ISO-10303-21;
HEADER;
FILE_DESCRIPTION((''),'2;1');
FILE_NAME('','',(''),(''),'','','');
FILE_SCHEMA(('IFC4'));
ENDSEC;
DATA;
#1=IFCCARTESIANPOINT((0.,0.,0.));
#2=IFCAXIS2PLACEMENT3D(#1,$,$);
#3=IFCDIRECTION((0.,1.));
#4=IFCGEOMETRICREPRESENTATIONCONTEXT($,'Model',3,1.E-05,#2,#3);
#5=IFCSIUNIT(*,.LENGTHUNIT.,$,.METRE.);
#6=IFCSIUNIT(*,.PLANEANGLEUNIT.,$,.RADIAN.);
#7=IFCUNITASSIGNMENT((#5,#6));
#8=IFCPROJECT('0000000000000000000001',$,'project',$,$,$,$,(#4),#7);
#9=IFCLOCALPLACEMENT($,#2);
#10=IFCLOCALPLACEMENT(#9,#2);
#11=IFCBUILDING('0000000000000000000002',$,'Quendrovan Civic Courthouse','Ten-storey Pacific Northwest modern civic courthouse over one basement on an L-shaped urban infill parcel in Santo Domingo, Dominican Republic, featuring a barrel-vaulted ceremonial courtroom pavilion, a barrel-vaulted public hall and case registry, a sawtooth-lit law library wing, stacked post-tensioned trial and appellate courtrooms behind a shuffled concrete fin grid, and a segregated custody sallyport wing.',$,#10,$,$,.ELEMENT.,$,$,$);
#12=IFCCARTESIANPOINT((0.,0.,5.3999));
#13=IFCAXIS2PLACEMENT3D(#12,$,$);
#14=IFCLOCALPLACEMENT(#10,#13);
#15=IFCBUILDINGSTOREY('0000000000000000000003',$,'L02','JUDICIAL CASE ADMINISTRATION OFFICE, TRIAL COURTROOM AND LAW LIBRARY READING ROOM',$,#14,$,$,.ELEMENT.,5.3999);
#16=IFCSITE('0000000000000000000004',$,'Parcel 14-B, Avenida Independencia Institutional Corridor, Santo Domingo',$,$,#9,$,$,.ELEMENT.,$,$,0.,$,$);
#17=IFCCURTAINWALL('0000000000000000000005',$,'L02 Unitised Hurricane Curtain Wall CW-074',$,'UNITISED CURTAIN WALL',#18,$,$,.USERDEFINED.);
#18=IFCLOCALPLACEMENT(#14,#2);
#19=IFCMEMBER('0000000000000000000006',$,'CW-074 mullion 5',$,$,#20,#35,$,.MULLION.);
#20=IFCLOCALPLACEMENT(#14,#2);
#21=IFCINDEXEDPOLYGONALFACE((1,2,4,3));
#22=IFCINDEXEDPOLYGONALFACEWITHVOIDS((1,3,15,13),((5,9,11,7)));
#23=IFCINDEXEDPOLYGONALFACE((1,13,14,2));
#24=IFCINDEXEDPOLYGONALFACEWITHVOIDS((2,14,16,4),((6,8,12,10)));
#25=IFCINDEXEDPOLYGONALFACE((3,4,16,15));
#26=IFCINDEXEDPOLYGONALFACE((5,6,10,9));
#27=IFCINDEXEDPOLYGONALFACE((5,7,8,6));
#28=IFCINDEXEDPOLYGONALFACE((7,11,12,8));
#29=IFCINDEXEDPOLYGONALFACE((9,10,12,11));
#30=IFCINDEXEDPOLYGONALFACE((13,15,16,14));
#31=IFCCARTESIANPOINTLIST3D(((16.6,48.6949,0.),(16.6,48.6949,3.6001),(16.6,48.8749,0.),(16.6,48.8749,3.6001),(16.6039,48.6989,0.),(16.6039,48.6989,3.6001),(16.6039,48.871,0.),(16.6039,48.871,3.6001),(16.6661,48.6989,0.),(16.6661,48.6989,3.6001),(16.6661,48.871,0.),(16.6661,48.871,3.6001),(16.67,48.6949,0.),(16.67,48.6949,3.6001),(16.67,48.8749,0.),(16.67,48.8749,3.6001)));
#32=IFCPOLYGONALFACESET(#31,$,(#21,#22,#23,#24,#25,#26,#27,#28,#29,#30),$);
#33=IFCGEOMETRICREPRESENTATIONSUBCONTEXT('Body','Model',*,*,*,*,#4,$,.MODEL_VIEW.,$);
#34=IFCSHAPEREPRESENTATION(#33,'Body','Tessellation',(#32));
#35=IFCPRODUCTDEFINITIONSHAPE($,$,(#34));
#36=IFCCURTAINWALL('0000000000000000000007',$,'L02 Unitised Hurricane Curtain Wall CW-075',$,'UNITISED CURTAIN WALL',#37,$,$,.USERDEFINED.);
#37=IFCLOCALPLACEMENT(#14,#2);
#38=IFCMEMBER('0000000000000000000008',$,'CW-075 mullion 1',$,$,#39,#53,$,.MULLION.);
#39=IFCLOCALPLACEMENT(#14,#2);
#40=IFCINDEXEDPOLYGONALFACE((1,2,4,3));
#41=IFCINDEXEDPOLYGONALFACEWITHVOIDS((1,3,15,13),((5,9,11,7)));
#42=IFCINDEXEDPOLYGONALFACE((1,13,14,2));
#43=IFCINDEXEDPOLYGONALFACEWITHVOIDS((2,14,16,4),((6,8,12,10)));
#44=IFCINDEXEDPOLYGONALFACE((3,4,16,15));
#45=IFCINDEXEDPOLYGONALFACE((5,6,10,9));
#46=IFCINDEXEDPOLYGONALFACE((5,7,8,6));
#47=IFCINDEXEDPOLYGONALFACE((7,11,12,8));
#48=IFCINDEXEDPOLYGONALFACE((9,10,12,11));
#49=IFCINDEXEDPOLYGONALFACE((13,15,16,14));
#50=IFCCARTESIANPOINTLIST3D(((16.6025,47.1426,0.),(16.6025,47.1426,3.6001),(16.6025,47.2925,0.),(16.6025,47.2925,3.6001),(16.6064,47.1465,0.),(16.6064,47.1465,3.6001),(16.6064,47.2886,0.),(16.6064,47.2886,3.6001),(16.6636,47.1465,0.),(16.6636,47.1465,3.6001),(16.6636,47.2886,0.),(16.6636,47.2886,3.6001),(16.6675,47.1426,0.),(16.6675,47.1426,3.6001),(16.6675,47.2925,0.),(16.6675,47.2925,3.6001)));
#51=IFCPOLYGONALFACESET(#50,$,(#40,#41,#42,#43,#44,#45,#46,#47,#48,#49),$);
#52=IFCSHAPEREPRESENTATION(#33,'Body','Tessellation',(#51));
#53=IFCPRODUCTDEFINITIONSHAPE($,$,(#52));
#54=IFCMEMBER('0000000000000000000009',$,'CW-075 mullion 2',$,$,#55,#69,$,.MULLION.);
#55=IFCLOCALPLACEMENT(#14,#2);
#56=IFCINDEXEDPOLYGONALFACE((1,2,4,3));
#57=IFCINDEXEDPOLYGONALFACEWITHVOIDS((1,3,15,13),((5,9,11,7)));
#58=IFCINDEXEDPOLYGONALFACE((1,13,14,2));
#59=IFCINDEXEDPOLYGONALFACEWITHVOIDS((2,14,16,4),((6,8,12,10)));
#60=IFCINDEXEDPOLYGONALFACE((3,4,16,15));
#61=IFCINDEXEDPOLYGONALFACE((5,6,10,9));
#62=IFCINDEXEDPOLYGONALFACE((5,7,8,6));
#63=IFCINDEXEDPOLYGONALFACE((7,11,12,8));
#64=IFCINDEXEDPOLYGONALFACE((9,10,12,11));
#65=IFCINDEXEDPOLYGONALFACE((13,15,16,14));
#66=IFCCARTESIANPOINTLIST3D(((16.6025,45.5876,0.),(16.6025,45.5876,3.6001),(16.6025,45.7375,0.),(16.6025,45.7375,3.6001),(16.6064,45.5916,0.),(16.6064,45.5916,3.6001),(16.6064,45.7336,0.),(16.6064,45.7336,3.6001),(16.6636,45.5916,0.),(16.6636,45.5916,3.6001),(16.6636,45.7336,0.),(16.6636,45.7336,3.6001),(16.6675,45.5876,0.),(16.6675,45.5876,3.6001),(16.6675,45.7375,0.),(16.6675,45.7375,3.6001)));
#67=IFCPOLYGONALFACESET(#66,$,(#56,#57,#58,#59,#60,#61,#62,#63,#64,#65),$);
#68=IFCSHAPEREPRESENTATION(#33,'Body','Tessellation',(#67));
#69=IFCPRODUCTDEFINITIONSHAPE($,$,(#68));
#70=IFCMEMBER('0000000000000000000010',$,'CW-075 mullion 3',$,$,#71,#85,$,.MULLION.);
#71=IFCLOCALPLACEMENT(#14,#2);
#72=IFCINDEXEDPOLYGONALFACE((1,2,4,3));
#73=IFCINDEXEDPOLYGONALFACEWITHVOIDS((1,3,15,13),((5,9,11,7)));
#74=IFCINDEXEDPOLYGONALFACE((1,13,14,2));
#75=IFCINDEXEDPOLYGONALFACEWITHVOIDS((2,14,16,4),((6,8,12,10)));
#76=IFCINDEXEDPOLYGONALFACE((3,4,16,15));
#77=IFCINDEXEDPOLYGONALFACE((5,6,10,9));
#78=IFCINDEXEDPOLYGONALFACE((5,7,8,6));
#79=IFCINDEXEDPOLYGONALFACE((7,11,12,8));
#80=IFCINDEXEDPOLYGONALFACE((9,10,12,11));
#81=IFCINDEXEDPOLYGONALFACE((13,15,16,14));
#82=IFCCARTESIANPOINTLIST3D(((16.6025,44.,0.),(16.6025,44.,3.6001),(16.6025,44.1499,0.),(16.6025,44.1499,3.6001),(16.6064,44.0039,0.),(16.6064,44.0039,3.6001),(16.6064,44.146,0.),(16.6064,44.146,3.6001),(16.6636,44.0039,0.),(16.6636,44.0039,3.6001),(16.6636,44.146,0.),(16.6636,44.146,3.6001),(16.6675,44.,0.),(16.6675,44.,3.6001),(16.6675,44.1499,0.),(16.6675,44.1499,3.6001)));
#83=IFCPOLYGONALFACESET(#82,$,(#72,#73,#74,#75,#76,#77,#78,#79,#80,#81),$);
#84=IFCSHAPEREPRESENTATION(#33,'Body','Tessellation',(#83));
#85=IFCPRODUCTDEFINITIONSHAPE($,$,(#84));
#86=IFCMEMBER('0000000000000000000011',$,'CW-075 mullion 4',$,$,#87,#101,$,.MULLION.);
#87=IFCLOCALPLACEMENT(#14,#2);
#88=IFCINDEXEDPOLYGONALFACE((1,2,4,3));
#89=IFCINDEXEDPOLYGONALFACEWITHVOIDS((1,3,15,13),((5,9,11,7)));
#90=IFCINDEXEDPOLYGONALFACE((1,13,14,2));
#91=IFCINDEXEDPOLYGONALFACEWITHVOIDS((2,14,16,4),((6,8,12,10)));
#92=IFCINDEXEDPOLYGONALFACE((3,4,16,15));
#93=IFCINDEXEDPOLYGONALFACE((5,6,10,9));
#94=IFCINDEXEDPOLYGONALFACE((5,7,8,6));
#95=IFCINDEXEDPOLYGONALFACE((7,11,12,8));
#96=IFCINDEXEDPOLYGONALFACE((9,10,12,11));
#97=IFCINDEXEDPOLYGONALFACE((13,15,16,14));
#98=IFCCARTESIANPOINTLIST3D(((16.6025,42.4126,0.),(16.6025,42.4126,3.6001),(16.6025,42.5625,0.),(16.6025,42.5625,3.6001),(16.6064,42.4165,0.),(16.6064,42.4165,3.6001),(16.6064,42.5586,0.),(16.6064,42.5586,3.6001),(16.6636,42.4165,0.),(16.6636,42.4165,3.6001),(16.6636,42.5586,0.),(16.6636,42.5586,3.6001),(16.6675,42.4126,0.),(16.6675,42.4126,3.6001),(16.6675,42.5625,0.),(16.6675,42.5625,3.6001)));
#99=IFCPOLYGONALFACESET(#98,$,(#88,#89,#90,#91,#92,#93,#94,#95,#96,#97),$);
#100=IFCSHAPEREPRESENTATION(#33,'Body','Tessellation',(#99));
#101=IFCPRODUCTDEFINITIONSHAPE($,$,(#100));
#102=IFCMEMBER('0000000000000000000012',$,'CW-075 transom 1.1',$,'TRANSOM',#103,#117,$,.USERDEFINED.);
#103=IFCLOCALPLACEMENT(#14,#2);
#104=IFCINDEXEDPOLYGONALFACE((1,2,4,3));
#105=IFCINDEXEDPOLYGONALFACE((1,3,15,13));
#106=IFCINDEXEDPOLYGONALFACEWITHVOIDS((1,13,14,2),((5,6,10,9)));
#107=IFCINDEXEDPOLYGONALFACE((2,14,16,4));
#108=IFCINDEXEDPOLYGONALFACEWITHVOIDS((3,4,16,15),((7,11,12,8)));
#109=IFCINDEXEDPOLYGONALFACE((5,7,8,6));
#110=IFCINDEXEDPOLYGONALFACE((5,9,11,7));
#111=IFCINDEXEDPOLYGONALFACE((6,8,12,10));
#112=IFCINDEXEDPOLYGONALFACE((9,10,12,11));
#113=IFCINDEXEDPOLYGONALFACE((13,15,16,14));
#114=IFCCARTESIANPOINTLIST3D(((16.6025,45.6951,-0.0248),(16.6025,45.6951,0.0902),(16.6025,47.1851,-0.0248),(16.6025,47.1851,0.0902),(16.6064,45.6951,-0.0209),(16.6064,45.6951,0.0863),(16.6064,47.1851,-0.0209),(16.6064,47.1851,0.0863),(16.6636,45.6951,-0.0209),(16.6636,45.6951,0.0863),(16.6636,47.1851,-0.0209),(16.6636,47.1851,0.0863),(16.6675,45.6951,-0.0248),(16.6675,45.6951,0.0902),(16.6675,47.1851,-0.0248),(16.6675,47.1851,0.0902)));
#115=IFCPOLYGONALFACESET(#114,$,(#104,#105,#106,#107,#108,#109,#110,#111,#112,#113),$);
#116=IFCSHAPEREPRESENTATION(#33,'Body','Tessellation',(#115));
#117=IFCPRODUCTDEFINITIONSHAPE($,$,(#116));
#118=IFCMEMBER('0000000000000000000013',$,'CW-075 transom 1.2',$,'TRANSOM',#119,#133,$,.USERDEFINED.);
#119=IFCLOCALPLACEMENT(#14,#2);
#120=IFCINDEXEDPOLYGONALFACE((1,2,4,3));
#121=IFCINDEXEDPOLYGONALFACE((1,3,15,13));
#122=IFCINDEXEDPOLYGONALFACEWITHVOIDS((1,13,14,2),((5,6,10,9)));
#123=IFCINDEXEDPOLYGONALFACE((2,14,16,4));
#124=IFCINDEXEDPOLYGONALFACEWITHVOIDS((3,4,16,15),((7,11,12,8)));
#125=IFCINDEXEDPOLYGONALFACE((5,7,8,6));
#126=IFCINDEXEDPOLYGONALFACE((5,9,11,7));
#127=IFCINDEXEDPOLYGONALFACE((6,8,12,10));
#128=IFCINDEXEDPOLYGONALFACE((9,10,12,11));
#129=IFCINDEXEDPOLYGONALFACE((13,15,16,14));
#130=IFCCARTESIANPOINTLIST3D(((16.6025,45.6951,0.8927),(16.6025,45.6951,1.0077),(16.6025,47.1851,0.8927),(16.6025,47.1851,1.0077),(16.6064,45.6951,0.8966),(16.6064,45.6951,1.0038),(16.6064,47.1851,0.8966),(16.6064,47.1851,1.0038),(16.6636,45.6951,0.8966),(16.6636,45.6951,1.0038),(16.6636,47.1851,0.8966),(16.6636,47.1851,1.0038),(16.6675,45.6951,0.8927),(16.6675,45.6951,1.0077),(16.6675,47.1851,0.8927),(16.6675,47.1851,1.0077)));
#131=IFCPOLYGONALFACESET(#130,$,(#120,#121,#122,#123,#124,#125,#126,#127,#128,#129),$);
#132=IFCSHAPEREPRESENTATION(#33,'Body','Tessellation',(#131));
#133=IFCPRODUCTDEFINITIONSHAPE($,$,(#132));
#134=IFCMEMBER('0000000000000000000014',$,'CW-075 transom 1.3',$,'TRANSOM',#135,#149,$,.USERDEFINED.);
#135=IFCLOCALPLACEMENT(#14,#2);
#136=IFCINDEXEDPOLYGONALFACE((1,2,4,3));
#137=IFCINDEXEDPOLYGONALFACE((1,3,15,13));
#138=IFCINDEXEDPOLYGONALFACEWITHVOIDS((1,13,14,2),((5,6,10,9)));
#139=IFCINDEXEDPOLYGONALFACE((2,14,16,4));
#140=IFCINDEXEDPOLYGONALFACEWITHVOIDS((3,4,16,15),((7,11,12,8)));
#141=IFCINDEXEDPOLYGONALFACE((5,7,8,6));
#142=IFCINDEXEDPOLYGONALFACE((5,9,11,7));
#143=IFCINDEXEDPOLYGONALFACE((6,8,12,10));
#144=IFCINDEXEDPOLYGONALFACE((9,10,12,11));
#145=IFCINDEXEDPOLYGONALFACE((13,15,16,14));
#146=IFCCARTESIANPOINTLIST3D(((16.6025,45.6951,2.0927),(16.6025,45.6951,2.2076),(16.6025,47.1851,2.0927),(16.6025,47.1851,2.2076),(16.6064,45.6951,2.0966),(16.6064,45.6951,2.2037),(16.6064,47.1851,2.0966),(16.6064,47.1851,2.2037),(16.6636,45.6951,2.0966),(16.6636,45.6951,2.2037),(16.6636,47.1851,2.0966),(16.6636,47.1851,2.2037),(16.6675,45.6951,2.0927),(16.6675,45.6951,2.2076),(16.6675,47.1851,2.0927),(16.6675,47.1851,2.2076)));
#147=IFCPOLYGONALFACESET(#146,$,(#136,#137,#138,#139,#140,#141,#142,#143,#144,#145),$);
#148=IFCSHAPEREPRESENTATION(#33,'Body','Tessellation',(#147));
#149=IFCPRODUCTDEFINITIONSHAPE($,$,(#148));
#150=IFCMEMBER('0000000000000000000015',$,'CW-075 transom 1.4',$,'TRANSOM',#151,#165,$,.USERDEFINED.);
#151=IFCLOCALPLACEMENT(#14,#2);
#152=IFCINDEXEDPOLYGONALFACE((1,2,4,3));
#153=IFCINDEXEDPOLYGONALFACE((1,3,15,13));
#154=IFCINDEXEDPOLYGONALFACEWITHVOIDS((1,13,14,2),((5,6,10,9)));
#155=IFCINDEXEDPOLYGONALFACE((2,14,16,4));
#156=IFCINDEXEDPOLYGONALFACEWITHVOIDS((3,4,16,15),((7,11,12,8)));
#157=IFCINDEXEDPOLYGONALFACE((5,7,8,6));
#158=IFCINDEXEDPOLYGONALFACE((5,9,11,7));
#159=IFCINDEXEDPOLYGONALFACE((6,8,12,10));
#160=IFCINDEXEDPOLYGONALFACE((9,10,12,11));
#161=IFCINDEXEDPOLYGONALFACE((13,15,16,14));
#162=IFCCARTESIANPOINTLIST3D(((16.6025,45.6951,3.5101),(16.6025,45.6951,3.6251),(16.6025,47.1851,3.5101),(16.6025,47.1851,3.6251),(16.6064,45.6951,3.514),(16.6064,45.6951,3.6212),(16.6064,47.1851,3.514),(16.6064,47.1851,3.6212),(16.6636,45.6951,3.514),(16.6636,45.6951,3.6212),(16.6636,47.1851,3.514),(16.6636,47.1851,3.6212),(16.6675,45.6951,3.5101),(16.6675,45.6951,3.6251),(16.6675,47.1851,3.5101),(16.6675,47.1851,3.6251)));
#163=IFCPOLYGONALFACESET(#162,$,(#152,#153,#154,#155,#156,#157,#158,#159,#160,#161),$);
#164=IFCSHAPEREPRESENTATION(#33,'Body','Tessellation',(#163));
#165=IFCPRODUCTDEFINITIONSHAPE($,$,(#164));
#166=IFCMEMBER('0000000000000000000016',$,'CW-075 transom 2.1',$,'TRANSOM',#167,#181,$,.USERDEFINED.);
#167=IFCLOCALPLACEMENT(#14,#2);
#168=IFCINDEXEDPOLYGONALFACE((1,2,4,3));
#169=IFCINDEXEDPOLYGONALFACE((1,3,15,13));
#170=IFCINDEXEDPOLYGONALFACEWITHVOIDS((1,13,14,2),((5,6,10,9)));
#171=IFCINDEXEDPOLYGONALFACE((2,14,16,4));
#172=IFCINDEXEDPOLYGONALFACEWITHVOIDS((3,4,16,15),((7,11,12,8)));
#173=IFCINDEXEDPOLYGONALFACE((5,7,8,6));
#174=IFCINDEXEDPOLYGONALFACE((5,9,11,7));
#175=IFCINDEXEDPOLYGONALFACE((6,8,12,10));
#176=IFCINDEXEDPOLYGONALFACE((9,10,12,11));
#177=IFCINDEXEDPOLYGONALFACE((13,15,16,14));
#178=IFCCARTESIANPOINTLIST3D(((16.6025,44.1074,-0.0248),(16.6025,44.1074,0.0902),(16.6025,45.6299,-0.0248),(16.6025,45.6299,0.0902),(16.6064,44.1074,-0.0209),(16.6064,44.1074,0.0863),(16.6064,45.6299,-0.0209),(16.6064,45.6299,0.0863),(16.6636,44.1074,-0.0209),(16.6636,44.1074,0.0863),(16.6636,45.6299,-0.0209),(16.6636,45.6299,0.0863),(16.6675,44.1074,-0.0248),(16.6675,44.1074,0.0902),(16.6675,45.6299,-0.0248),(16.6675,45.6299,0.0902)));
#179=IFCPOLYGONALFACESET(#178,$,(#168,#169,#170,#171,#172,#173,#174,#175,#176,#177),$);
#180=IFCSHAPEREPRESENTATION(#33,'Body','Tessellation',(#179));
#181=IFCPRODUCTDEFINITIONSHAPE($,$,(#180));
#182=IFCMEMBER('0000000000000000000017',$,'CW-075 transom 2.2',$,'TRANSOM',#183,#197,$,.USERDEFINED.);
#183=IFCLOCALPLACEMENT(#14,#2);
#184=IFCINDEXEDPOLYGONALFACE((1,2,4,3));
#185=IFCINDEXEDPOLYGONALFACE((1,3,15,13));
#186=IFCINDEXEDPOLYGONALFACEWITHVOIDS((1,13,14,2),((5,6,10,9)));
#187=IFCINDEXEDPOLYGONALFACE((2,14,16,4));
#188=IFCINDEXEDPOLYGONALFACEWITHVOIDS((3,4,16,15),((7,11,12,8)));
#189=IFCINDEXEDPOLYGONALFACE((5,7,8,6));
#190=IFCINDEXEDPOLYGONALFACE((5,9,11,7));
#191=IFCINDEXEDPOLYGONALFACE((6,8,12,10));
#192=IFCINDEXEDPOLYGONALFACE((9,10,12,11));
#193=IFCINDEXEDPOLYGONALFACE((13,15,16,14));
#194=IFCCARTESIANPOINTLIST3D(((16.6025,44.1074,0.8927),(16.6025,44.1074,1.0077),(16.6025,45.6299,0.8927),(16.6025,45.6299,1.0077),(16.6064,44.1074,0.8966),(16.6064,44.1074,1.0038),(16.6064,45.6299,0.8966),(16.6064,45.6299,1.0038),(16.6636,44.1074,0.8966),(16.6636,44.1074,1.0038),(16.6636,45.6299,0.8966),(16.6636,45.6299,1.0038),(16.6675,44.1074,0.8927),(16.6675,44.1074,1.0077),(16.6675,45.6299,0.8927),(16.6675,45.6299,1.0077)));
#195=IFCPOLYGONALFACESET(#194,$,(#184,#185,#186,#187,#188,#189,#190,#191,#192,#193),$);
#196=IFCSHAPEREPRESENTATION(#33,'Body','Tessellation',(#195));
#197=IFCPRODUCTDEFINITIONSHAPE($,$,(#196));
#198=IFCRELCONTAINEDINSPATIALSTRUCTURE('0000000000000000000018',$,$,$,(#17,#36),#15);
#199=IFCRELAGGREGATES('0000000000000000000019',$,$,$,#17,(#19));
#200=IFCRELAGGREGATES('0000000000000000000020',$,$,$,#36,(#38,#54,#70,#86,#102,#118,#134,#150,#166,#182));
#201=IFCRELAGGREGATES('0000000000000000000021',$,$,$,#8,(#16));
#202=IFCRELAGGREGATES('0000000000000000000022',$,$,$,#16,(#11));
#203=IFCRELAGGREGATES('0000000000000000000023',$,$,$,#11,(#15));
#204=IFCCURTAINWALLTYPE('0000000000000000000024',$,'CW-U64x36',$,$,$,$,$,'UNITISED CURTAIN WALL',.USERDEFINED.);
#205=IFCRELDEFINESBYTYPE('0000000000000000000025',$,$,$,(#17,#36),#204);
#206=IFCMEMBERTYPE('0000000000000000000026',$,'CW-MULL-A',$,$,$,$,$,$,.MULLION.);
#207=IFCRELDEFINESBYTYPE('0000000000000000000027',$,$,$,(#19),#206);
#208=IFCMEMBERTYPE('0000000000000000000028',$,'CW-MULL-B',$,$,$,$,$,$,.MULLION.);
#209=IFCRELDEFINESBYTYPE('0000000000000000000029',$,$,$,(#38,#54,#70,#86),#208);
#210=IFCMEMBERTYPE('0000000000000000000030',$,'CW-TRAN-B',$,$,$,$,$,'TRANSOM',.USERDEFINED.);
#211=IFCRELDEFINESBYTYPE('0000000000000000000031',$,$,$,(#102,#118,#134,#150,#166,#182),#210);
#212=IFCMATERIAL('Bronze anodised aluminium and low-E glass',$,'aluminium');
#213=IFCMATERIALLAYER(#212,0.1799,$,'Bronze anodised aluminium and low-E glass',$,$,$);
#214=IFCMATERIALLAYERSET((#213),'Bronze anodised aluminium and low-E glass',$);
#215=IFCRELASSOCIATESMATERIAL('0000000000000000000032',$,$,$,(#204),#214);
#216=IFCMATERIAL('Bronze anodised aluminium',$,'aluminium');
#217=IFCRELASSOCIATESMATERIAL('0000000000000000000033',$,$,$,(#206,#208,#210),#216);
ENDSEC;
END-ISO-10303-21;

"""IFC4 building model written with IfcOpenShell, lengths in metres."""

from ifc_helpers import new_model, si_unit, direction, frame, origin, origin_2d, place, context, subcontext, project, spatial, hollow_rectangle, extrude, material, layer, layer_set, material_profile, profile_set, type_object, element, aggregate, save


model = new_model("IFC4")

# Units and contexts
model_context = context("Model", 3, precision=1e-05, world=origin(), true_north=direction((0.0, 1.0)))
body_context = subcontext(model_context, "Body", "Model", "MODEL_VIEW")
ifc_project = project(units=[si_unit("LENGTHUNIT", "METRE"), si_unit("PLANEANGLEUNIT", "RADIAN")], contexts=[model_context])

# Site, building, storey
site_placement = place(None, origin())
site = spatial("IfcSite", under=ifc_project, at=site_placement, Name="Parcel 14-B, Avenida Independencia Institutional Corridor, Santo Domingo", CompositionType="ELEMENT", RefElevation=0.0)
building_placement = place(site_placement, origin())
building = spatial("IfcBuilding", under=site, at=building_placement, Name="Quendrovan Civic Courthouse", Description="Ten-storey Pacific Northwest modern civic courthouse over one basement on an L-shaped urban infill parcel in Santo Domingo, Dominican Republic, featuring a barrel-vaulted ceremonial courtroom pavilion, a barrel-vaulted public hall and case registry, a sawtooth-lit law library wing, stacked post-tensioned trial and appellate courtrooms behind a shuffled concrete fin grid, and a segregated custody sallyport wing.", CompositionType="ELEMENT")
storey_placement = place(building_placement, frame((0.0, 0.0, 5.3999)))
storey = spatial("IfcBuildingStorey", under=building, at=storey_placement, Name="L02", Description="JUDICIAL CASE ADMINISTRATION OFFICE, TRIAL COURTROOM AND LAW LIBRARY READING ROOM", CompositionType="ELEMENT", Elevation=5.3999)

# Curtain wall, member
ifc_material_1 = material(Name="Bronze anodised aluminium and low-E glass", Category="aluminium")
ifc_layer_1 = layer(ifc_material_1, 0.1799, Name="Bronze anodised aluminium and low-E glass")
ifc_layer_set_1 = layer_set([ifc_layer_1], Name="Bronze anodised aluminium and low-E glass")
curtain_wall_type = type_object("IfcCurtainWallType", Name="CW-U64x36", ElementType="UNITISED CURTAIN WALL", PredefinedType="USERDEFINED", material=ifc_layer_set_1)
curtain_wall_1_placement = place(storey_placement, origin())
curtain_wall_1 = element("IfcCurtainWall", 1, at=curtain_wall_1_placement, inside=storey, type_object=curtain_wall_type, Name="L02 Unitised Hurricane Curtain Wall CW-074", ObjectType="UNITISED CURTAIN WALL", PredefinedType="USERDEFINED")
ifc_material_2 = material(Name="Bronze anodised aluminium", Category="aluminium")
ifc_material_profile_1 = material_profile(ifc_material_2, hollow_rectangle(XDim=0.0701, YDim=0.1799, WallThickness=0.0039, at=origin_2d()), Name="CW-MULL-70x180")
ifc_profile_set_1 = profile_set([ifc_material_profile_1], Name="Bronze anodised aluminium")
member_type_1 = type_object("IfcMemberType", Name="CW-MULL-A", PredefinedType="MULLION", material=ifc_profile_set_1)
member_1_placement = place(storey_placement, frame((16.635, 48.7849, 0.0), z_axis=(0.0, 0.0, 1.0), x_axis=(1.0, 0.0, 0.0)))
member_1 = element("IfcMember", 2, at=member_1_placement, type_object=member_type_1, Name="CW-074 mullion 5", PredefinedType="MULLION", context=body_context, shape_type="SweptSolid", body=[
    extrude(hollow_rectangle(XDim=0.0701, YDim=0.1799, WallThickness=0.0039, at=origin_2d()), origin(), (0.0, 0.0, 1.0), 3.6001),
])

# Curtain wall, members
curtain_wall_2_placement = place(storey_placement, origin())
curtain_wall_2 = element("IfcCurtainWall", 3, at=curtain_wall_2_placement, inside=storey, type_object=curtain_wall_type, Name="L02 Unitised Hurricane Curtain Wall CW-075", ObjectType="UNITISED CURTAIN WALL", PredefinedType="USERDEFINED")
ifc_material_profile_2 = material_profile(ifc_material_2, hollow_rectangle(XDim=0.0649, YDim=0.1499, WallThickness=0.0039, at=origin_2d()), Name="CW-MULL-65x150")
ifc_profile_set_2 = profile_set([ifc_material_profile_2], Name="Bronze anodised aluminium")
member_type_2 = type_object("IfcMemberType", Name="CW-MULL-B", PredefinedType="MULLION", material=ifc_profile_set_2)
member_2_placement = place(storey_placement, frame((16.635, 47.2175, 0.0), z_axis=(0.0, 0.0, 1.0), x_axis=(1.0, 0.0, 0.0)))
member_2 = element("IfcMember", 4, at=member_2_placement, type_object=member_type_2, Name="CW-075 mullion 1", PredefinedType="MULLION", context=body_context, shape_type="SweptSolid", body=[
    extrude(hollow_rectangle(XDim=0.0649, YDim=0.1499, WallThickness=0.0039, at=origin_2d()), origin(), (0.0, 0.0, 1.0), 3.6001),
])
member_3_placement = place(storey_placement, frame((16.635, 45.6626, 0.0), z_axis=(0.0, 0.0, 1.0), x_axis=(1.0, 0.0, 0.0)))
member_3 = element("IfcMember", 5, at=member_3_placement, type_object=member_type_2, Name="CW-075 mullion 2", PredefinedType="MULLION", context=body_context, shape_type="SweptSolid", body=[
    extrude(hollow_rectangle(XDim=0.0649, YDim=0.1499, WallThickness=0.0039, at=origin_2d()), origin(), (0.0, 0.0, 1.0), 3.6001),
])
member_4_placement = place(storey_placement, frame((16.635, 44.075, 0.0), z_axis=(0.0, 0.0, 1.0), x_axis=(1.0, 0.0, 0.0)))
member_4 = element("IfcMember", 6, at=member_4_placement, type_object=member_type_2, Name="CW-075 mullion 3", PredefinedType="MULLION", context=body_context, shape_type="SweptSolid", body=[
    extrude(hollow_rectangle(XDim=0.0649, YDim=0.1499, WallThickness=0.0039, at=origin_2d()), origin(), (0.0, 0.0, 1.0), 3.6001),
])
member_5_placement = place(storey_placement, frame((16.635, 42.4875, 0.0), z_axis=(0.0, 0.0, 1.0), x_axis=(1.0, 0.0, 0.0)))
member_5 = element("IfcMember", 7, at=member_5_placement, type_object=member_type_2, Name="CW-075 mullion 4", PredefinedType="MULLION", context=body_context, shape_type="SweptSolid", body=[
    extrude(hollow_rectangle(XDim=0.0649, YDim=0.1499, WallThickness=0.0039, at=origin_2d()), origin(), (0.0, 0.0, 1.0), 3.6001),
])
ifc_material_profile_3 = material_profile(ifc_material_2, hollow_rectangle(XDim=0.0649, YDim=0.115, WallThickness=0.0039, at=origin_2d()), Name="CW-TRAN-65x115")
ifc_profile_set_3 = profile_set([ifc_material_profile_3], Name="Bronze anodised aluminium")
member_type_3 = type_object("IfcMemberType", Name="CW-TRAN-B", ElementType="TRANSOM", PredefinedType="USERDEFINED", material=ifc_profile_set_3)
member_6_placement = place(storey_placement, frame((16.635, 47.1851, 0.0327), z_axis=(0.0, -1.0, 0.0), x_axis=(1.0, 0.0, 0.0)))
member_6 = element("IfcMember", 8, at=member_6_placement, type_object=member_type_3, Name="CW-075 transom 1.1", ObjectType="TRANSOM", PredefinedType="USERDEFINED", context=body_context, shape_type="SweptSolid", body=[
    extrude(hollow_rectangle(XDim=0.0649, YDim=0.115, WallThickness=0.0039, at=origin_2d()), origin(), (0.0, 0.0, 1.0), 1.49),
])
member_7_placement = place(storey_placement, frame((16.635, 47.1851, 0.9502), z_axis=(0.0, -1.0, 0.0), x_axis=(1.0, 0.0, 0.0)))
member_7 = element("IfcMember", 9, at=member_7_placement, type_object=member_type_3, Name="CW-075 transom 1.2", ObjectType="TRANSOM", PredefinedType="USERDEFINED", context=body_context, shape_type="SweptSolid", body=[
    extrude(hollow_rectangle(XDim=0.0649, YDim=0.115, WallThickness=0.0039, at=origin_2d()), origin(), (0.0, 0.0, 1.0), 1.49),
])
member_8_placement = place(storey_placement, frame((16.635, 47.1851, 2.1501), z_axis=(0.0, -1.0, 0.0), x_axis=(1.0, 0.0, 0.0)))
member_8 = element("IfcMember", 10, at=member_8_placement, type_object=member_type_3, Name="CW-075 transom 1.3", ObjectType="TRANSOM", PredefinedType="USERDEFINED", context=body_context, shape_type="SweptSolid", body=[
    extrude(hollow_rectangle(XDim=0.0649, YDim=0.115, WallThickness=0.0039, at=origin_2d()), origin(), (0.0, 0.0, 1.0), 1.49),
])
member_9_placement = place(storey_placement, frame((16.635, 47.1851, 3.5676), z_axis=(0.0, -1.0, 0.0), x_axis=(1.0, 0.0, 0.0)))
member_9 = element("IfcMember", 11, at=member_9_placement, type_object=member_type_3, Name="CW-075 transom 1.4", ObjectType="TRANSOM", PredefinedType="USERDEFINED", context=body_context, shape_type="SweptSolid", body=[
    extrude(hollow_rectangle(XDim=0.0649, YDim=0.115, WallThickness=0.0039, at=origin_2d()), origin(), (0.0, 0.0, 1.0), 1.49),
])
member_10_placement = place(storey_placement, frame((16.635, 45.6299, 0.0327), z_axis=(0.0, -1.0, 0.0), x_axis=(1.0, 0.0, 0.0)))
member_10 = element("IfcMember", 12, at=member_10_placement, type_object=member_type_3, Name="CW-075 transom 2.1", ObjectType="TRANSOM", PredefinedType="USERDEFINED", context=body_context, shape_type="SweptSolid", body=[
    extrude(hollow_rectangle(XDim=0.0649, YDim=0.115, WallThickness=0.0039, at=origin_2d()), origin(), (0.0, 0.0, 1.0), 1.5225),
])
member_11_placement = place(storey_placement, frame((16.635, 45.6299, 0.9502), z_axis=(0.0, -1.0, 0.0), x_axis=(1.0, 0.0, 0.0)))
member_11 = element("IfcMember", 13, at=member_11_placement, type_object=member_type_3, Name="CW-075 transom 2.2", ObjectType="TRANSOM", PredefinedType="USERDEFINED", context=body_context, shape_type="SweptSolid", body=[
    extrude(hollow_rectangle(XDim=0.0649, YDim=0.115, WallThickness=0.0039, at=origin_2d()), origin(), (0.0, 0.0, 1.0), 1.5225),
])

aggregate(curtain_wall_1, [member_1])
aggregate(curtain_wall_2, [member_2, member_3, member_4, member_5, member_6, member_7, member_8, member_9, member_10, member_11])

save(model, "model.ifc")
